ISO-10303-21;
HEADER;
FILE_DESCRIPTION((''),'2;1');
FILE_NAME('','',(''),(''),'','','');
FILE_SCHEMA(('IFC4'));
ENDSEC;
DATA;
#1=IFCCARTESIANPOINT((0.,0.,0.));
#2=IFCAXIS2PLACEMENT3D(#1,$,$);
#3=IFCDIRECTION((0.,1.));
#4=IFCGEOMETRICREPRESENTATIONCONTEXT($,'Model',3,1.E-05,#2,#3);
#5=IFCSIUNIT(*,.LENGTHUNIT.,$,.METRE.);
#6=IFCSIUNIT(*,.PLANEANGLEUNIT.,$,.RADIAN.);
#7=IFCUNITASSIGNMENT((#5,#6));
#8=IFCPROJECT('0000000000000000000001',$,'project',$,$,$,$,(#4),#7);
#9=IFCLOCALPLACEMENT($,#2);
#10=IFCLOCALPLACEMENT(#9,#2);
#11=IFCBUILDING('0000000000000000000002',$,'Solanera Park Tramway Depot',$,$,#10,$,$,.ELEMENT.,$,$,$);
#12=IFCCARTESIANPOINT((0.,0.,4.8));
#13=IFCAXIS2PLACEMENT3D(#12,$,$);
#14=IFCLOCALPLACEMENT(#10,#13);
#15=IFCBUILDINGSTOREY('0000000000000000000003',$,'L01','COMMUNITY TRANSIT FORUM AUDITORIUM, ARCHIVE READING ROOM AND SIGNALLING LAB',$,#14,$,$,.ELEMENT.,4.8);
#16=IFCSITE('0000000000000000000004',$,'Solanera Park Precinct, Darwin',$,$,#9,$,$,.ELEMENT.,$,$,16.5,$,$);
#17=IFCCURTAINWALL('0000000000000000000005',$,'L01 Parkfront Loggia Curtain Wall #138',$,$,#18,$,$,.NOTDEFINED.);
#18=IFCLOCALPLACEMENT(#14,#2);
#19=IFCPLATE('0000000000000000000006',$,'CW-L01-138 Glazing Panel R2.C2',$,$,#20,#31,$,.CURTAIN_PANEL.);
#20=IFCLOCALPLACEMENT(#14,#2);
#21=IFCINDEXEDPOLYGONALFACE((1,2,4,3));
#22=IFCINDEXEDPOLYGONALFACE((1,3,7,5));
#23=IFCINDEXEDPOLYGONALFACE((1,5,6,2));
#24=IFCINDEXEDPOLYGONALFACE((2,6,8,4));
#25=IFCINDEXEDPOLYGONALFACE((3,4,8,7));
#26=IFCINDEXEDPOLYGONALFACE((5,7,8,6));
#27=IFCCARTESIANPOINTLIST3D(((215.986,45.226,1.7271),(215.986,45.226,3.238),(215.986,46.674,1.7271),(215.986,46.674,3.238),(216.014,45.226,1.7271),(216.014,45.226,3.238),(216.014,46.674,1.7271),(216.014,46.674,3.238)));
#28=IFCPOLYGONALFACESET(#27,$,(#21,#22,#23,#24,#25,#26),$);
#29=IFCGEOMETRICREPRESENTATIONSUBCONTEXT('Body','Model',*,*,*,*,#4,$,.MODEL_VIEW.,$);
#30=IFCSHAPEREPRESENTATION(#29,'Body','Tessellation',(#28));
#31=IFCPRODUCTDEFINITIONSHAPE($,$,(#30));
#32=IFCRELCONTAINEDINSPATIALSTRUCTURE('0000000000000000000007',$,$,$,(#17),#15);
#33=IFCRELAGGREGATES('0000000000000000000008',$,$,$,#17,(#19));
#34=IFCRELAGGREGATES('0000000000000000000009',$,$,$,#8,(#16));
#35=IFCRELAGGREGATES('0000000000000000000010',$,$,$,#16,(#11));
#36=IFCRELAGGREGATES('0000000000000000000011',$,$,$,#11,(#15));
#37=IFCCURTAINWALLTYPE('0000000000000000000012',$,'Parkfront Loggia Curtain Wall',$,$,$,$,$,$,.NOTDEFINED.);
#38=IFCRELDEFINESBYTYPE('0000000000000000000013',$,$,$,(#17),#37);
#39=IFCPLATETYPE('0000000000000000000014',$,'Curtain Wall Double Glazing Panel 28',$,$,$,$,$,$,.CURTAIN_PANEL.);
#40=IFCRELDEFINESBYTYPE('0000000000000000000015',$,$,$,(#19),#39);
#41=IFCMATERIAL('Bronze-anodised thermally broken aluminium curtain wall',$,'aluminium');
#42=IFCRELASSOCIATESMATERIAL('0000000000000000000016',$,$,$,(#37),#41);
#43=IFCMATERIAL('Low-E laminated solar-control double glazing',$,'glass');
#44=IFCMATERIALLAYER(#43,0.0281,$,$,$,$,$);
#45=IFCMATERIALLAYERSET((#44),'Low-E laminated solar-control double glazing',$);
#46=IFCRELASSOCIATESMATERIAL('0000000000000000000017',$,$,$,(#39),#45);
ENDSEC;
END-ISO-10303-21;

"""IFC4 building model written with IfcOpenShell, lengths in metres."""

from ifc_helpers import new_model, si_unit, direction, frame, origin, origin_2d, place, context, subcontext, project, spatial, rectangle, extrude, material, layer, layer_set, type_object, element, aggregate, save


model = new_model("IFC4")

# Units and contexts
model_context = context("Model", 3, precision=1e-05, world=origin(), true_north=direction((0.0, 1.0)))
body_context = subcontext(model_context, "Body", "Model", "MODEL_VIEW")
ifc_project = project(units=[si_unit("LENGTHUNIT", "METRE"), si_unit("PLANEANGLEUNIT", "RADIAN")], contexts=[model_context])

# Site, building, storey
site_placement = place(None, origin())
site = spatial("IfcSite", under=ifc_project, at=site_placement, Name="Solanera Park Precinct, Darwin", CompositionType="ELEMENT", RefElevation=16.5)
building_placement = place(site_placement, origin())
building = spatial("IfcBuilding", under=site, at=building_placement, Name="Solanera Park Tramway Depot", CompositionType="ELEMENT")
storey_placement = place(building_placement, frame((0.0, 0.0, 4.8)))
storey = spatial("IfcBuildingStorey", under=building, at=storey_placement, Name="L01", Description="COMMUNITY TRANSIT FORUM AUDITORIUM, ARCHIVE READING ROOM AND SIGNALLING LAB", CompositionType="ELEMENT", Elevation=4.8)

# Curtain wall
ifc_material_1 = material(Name="Bronze-anodised thermally broken aluminium curtain wall", Category="aluminium")
curtain_wall_type = type_object("IfcCurtainWallType", Name="Parkfront Loggia Curtain Wall", PredefinedType="NOTDEFINED", material=ifc_material_1)
curtain_wall_1_placement = place(storey_placement, origin())
curtain_wall_1 = element("IfcCurtainWall", 1, at=curtain_wall_1_placement, inside=storey, type_object=curtain_wall_type, Name="L01 Parkfront Loggia Curtain Wall #138", PredefinedType="NOTDEFINED")

# Plate
ifc_material_2 = material(Name="Low-E laminated solar-control double glazing", Category="glass")
ifc_layer = layer(ifc_material_2, 0.0281)
ifc_layer_set = layer_set([ifc_layer], Name="Low-E laminated solar-control double glazing")
plate_type = type_object("IfcPlateType", Name="Curtain Wall Double Glazing Panel 28", PredefinedType="CURTAIN_PANEL", material=ifc_layer_set)
plate_1_placement = place(storey_placement, frame((216.0, 45.95, 1.7271), z_axis=(0.0, 0.0, 1.0), x_axis=(0.0, 1.0, 0.0)))
plate_1 = element("IfcPlate", 2, at=plate_1_placement, type_object=plate_type, Name="CW-L01-138 Glazing Panel R2.C2", PredefinedType="CURTAIN_PANEL", context=body_context, shape_type="SweptSolid", body=[
    extrude(rectangle(XDim=1.448, YDim=0.0281, at=origin_2d()), origin(), (0.0, 0.0, 1.0), 1.511),
])
aggregate(curtain_wall_1, [plate_1])

save(model, "model.ifc")
